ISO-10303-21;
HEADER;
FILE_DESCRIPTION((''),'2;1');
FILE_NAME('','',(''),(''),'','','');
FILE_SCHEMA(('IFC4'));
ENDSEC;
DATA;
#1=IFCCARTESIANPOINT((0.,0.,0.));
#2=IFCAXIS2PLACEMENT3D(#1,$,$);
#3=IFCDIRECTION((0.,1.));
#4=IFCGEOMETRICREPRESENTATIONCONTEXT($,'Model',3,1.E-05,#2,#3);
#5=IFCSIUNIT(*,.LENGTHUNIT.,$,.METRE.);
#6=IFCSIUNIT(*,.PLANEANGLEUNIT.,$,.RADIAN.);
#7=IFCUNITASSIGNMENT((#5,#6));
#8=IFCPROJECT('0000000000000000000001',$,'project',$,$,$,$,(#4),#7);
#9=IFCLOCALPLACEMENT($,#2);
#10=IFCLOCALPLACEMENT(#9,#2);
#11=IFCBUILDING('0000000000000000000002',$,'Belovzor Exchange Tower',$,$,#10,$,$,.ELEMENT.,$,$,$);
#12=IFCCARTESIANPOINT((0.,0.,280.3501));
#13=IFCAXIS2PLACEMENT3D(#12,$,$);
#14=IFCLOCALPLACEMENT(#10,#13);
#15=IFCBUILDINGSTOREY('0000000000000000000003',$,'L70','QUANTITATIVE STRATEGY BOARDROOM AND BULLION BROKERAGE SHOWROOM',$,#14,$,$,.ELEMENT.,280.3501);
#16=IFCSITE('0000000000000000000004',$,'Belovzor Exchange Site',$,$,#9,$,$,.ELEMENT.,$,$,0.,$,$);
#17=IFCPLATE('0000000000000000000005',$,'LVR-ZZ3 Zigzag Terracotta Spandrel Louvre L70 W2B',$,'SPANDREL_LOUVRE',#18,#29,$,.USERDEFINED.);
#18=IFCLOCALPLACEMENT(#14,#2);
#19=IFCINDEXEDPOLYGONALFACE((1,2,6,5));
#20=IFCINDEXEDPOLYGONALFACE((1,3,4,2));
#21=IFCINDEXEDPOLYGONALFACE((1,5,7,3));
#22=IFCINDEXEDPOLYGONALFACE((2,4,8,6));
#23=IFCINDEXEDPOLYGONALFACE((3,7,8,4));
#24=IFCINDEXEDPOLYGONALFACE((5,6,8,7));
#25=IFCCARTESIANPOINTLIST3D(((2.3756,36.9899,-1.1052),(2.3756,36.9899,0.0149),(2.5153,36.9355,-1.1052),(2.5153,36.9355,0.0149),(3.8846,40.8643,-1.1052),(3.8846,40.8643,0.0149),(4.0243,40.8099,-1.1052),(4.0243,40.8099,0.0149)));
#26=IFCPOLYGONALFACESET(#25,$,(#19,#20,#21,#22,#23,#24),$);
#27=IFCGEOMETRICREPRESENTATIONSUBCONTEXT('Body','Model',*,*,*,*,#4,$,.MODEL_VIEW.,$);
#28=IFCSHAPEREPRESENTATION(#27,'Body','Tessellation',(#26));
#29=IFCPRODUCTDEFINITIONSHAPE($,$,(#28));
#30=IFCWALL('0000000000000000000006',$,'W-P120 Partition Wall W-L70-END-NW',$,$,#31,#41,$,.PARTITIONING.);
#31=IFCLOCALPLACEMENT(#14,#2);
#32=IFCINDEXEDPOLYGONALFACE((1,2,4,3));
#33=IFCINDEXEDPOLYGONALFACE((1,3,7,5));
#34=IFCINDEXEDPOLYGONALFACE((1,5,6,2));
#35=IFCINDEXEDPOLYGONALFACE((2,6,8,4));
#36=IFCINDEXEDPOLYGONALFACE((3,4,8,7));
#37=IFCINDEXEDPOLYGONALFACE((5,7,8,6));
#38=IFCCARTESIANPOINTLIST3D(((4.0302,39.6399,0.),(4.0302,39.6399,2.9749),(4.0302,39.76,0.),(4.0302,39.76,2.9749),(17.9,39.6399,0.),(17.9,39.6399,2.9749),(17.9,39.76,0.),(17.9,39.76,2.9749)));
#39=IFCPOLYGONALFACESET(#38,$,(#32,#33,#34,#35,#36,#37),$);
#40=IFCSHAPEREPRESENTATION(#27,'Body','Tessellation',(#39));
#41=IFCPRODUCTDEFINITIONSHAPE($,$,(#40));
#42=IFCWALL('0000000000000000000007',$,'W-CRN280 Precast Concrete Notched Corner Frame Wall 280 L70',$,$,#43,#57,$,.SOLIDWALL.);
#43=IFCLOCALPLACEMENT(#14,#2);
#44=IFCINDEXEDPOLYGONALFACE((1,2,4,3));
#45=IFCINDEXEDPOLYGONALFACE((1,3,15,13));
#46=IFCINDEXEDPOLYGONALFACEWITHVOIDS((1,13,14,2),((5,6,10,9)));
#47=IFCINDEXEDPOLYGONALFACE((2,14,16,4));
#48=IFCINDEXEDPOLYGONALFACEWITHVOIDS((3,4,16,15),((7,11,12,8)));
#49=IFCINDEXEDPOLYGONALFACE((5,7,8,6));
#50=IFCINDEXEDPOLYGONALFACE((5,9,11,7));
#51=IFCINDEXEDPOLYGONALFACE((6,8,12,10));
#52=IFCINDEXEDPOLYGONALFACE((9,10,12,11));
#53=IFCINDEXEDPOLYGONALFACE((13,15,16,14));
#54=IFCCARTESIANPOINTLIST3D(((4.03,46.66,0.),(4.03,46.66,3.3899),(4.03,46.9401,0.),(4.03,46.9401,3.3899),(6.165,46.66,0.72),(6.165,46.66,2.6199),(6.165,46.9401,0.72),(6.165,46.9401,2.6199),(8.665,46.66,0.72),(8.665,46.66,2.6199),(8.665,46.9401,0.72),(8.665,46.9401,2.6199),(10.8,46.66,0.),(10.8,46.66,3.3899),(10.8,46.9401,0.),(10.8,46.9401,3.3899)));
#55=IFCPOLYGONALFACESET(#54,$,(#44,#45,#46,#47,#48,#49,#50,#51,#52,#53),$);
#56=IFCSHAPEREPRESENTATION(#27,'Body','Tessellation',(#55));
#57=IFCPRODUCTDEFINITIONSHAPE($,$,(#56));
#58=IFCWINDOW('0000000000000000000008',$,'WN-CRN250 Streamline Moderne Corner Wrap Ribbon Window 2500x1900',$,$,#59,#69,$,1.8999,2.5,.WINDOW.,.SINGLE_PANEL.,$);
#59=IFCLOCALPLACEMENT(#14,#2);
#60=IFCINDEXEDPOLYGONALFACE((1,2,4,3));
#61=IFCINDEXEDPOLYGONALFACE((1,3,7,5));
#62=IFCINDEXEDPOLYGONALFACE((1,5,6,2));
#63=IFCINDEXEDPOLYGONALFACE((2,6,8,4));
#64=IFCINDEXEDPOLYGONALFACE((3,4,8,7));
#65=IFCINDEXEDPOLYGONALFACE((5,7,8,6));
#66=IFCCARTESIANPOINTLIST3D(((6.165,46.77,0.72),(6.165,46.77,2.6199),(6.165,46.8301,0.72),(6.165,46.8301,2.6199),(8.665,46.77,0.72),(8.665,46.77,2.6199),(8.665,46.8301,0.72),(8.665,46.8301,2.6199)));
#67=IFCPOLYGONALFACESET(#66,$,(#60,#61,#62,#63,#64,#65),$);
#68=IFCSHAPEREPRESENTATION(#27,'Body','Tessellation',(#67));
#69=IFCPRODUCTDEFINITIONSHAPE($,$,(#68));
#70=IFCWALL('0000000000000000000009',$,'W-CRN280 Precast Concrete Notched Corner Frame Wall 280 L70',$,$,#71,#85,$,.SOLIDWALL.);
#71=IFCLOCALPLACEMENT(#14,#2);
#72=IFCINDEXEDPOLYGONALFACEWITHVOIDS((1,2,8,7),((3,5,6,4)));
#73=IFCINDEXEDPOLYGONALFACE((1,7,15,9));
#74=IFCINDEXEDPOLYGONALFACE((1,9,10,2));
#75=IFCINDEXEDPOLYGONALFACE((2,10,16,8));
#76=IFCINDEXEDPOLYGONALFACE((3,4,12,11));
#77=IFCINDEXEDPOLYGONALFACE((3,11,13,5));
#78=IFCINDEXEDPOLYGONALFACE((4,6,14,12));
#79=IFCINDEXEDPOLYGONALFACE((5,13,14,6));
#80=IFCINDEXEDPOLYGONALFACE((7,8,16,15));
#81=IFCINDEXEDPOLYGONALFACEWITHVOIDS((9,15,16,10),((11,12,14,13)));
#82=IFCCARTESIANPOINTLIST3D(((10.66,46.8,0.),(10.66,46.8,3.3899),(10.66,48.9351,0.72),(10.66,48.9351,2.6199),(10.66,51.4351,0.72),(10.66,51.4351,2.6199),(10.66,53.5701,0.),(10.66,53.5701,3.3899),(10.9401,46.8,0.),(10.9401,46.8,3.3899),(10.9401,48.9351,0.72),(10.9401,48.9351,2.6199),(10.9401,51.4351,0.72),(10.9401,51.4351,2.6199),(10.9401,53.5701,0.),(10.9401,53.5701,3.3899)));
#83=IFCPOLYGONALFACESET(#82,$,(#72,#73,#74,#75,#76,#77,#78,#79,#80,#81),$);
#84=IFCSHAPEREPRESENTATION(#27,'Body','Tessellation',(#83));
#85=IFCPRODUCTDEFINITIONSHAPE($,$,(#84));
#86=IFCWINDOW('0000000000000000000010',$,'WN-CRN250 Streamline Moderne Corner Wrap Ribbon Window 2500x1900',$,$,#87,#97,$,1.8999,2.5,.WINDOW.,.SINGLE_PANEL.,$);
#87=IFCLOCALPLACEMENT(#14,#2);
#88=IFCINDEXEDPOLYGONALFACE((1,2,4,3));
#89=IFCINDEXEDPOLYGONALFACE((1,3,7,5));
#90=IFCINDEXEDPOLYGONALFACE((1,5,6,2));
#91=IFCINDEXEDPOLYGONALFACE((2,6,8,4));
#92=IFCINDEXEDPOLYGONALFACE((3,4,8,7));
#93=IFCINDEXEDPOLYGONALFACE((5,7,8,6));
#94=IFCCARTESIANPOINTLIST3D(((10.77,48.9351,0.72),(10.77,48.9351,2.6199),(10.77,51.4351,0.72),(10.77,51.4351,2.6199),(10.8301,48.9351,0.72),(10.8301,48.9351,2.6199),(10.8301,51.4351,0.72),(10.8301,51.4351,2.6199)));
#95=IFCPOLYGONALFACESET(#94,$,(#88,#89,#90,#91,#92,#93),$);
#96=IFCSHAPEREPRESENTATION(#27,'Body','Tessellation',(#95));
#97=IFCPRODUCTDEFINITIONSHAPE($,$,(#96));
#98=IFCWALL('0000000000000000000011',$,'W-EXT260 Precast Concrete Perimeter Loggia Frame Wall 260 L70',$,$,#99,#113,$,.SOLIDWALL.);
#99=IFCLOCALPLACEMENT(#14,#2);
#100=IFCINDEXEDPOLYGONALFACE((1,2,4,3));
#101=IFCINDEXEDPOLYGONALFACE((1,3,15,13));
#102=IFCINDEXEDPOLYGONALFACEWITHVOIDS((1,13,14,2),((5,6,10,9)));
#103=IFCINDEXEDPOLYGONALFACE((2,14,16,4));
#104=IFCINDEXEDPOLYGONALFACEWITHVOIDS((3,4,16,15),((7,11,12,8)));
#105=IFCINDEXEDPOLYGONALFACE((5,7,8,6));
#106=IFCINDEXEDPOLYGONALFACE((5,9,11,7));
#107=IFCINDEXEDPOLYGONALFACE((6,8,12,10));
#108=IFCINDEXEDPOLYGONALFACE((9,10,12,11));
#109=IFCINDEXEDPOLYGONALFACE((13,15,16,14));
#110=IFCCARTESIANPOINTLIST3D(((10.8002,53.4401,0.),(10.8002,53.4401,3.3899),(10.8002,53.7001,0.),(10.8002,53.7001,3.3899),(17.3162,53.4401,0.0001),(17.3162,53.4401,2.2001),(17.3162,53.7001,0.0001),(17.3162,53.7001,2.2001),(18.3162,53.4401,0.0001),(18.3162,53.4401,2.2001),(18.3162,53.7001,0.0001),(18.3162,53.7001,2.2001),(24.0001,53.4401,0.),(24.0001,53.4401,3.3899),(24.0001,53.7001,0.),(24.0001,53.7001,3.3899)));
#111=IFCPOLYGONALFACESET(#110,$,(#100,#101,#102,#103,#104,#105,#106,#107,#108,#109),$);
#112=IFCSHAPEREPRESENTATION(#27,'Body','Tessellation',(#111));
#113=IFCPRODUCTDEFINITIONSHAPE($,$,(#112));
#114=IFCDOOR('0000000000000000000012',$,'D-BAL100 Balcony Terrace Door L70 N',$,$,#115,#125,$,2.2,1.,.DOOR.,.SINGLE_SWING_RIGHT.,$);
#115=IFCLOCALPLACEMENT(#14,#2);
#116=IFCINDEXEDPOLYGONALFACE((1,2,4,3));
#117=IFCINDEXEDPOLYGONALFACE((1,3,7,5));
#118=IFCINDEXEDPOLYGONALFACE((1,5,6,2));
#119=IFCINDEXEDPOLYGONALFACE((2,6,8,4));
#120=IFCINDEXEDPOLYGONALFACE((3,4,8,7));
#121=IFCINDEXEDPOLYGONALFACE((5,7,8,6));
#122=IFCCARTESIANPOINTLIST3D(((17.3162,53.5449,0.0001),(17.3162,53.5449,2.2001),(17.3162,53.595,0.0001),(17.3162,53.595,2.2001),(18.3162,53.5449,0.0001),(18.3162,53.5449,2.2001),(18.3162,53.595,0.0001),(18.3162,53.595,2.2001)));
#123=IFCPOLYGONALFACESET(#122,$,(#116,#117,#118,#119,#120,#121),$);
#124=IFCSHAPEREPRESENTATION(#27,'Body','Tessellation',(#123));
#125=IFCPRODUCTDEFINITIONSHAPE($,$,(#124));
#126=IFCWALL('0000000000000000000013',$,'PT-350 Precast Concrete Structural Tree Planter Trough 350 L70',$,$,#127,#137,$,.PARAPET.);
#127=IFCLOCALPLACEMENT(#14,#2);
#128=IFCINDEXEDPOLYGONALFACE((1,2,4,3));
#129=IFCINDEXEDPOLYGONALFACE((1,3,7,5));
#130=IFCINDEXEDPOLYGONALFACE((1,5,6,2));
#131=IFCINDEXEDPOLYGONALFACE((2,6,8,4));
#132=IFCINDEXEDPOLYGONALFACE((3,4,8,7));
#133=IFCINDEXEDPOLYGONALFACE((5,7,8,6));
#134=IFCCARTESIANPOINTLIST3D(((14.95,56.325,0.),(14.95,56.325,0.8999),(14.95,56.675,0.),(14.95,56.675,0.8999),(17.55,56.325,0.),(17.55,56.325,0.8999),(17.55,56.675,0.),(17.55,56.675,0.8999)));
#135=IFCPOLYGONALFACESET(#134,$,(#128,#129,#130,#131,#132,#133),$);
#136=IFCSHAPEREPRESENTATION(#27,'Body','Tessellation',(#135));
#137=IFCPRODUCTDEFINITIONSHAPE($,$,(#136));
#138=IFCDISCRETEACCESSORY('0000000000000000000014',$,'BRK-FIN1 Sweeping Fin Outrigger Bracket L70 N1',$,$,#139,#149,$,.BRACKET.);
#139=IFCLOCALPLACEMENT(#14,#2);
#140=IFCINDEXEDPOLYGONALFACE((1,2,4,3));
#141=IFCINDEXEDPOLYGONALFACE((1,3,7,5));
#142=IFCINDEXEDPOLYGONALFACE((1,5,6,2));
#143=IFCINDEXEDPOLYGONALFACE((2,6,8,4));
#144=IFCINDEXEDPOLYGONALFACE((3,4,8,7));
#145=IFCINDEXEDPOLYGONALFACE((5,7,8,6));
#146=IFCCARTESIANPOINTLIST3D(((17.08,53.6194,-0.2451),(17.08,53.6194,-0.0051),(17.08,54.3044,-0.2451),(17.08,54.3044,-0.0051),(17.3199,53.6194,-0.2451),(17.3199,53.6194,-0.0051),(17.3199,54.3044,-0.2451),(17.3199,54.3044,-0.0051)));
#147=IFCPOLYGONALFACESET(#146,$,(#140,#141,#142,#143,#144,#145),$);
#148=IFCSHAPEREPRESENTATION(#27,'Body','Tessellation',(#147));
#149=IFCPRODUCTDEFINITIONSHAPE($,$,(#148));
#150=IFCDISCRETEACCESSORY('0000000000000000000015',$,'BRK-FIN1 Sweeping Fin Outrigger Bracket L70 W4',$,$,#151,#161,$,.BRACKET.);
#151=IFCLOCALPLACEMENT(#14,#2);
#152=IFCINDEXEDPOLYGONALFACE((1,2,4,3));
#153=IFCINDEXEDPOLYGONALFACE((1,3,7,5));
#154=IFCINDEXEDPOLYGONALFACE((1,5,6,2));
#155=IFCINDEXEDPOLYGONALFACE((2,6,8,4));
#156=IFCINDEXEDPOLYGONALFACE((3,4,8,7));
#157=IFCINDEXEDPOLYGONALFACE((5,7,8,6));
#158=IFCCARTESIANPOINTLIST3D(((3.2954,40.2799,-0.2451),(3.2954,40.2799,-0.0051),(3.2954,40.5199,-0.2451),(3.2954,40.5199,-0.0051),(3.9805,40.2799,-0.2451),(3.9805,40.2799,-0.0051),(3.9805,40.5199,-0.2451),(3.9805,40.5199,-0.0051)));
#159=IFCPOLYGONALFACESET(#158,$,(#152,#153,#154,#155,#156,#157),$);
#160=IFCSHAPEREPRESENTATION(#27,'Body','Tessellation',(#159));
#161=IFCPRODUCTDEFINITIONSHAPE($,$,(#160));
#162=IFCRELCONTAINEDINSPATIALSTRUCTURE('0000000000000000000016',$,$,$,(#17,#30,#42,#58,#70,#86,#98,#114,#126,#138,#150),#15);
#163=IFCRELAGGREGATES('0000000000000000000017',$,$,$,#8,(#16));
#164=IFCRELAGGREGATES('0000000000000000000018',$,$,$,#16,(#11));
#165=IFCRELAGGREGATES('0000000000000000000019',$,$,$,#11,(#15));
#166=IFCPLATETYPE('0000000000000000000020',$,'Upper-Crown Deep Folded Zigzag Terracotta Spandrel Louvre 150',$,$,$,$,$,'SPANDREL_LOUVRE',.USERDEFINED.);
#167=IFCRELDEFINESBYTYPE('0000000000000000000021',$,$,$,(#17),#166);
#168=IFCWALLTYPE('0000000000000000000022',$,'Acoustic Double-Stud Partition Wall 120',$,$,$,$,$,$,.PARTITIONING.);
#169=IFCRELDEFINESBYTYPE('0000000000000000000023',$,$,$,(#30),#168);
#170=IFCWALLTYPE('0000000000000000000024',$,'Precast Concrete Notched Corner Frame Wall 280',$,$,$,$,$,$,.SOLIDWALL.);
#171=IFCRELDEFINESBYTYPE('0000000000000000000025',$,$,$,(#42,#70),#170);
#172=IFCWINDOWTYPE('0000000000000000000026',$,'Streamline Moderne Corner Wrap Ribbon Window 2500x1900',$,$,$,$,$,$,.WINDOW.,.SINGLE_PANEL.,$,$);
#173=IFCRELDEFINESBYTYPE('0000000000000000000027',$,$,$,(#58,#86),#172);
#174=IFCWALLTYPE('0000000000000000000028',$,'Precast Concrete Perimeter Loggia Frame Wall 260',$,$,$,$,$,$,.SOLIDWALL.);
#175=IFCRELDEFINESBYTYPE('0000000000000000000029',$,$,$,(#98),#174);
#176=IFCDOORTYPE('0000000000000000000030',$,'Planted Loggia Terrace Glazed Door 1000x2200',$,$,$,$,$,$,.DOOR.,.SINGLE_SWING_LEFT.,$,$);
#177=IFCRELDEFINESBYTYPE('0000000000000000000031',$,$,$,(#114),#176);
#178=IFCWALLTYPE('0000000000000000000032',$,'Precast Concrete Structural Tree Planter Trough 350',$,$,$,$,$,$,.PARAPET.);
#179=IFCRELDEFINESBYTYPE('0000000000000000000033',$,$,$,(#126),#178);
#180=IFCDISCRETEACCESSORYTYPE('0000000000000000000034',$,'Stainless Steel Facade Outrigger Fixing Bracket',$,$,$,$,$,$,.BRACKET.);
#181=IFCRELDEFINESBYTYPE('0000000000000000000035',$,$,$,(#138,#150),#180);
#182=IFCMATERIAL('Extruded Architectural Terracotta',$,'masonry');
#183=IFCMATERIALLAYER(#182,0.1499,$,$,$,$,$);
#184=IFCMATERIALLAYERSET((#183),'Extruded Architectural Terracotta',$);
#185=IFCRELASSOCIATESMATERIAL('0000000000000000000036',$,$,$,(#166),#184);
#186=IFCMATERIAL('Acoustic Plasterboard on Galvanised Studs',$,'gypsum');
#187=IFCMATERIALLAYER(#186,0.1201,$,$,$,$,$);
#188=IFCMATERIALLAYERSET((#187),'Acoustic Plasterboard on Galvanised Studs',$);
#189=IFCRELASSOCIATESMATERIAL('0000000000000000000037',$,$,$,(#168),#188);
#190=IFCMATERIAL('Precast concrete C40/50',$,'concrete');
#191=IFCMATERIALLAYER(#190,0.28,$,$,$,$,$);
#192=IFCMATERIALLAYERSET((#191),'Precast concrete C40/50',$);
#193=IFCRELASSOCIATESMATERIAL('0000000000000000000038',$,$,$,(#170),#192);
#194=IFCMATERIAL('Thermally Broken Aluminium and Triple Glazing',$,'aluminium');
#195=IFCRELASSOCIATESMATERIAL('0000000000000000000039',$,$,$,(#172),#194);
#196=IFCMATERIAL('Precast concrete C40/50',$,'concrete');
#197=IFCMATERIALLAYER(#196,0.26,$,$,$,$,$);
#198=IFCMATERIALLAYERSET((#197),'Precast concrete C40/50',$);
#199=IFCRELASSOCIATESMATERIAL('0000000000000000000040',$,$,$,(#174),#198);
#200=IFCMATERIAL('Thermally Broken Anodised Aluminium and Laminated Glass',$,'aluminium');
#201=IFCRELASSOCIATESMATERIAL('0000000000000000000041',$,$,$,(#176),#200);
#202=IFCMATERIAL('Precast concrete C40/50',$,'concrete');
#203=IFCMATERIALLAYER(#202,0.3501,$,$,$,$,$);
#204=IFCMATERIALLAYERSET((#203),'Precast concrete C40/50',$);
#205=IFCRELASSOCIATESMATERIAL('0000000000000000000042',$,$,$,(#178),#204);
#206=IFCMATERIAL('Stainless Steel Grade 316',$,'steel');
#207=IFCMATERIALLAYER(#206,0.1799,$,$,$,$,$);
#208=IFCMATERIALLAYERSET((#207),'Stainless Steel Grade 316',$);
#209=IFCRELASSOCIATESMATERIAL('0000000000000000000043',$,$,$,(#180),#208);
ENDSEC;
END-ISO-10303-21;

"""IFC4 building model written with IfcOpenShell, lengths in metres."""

from ifc_helpers import new_model, si_unit, direction, frame, frame_2d, origin, origin_2d, place, context, subcontext, project, spatial, rectangle, extrude, material, layer, layer_set, type_object, element, fill, save


model = new_model("IFC4")

# Units and contexts
model_context = context("Model", 3, precision=1e-05, world=origin(), true_north=direction((0.0, 1.0)))
body_context = subcontext(model_context, "Body", "Model", "MODEL_VIEW")
ifc_project = project(units=[si_unit("LENGTHUNIT", "METRE"), si_unit("PLANEANGLEUNIT", "RADIAN")], contexts=[model_context])

# Site, building, storey
site_placement = place(None, origin())
site = spatial("IfcSite", under=ifc_project, at=site_placement, Name="Belovzor Exchange Site", CompositionType="ELEMENT", RefElevation=0.0)
building_placement = place(site_placement, origin())
building = spatial("IfcBuilding", under=site, at=building_placement, Name="Belovzor Exchange Tower", CompositionType="ELEMENT")
storey_placement = place(building_placement, frame((0.0, 0.0, 280.3501)))
storey = spatial("IfcBuildingStorey", under=building, at=storey_placement, Name="L70", Description="QUANTITATIVE STRATEGY BOARDROOM AND BULLION BROKERAGE SHOWROOM", CompositionType="ELEMENT", Elevation=280.3501)

# Plate
ifc_material_1 = material(Name="Extruded Architectural Terracotta", Category="masonry")
ifc_layer_1 = layer(ifc_material_1, 0.1499)
ifc_layer_set_1 = layer_set([ifc_layer_1], Name="Extruded Architectural Terracotta")
plate_type = type_object("IfcPlateType", Name="Upper-Crown Deep Folded Zigzag Terracotta Spandrel Louvre 150", ElementType="SPANDREL_LOUVRE", PredefinedType="USERDEFINED", material=ifc_layer_set_1)
plate_placement = place(storey_placement, frame((3.2, 38.8999, -1.1052), z_axis=(0.0, 0.0, 1.0), x_axis=(0.362926, 0.931818, 0.0)))
element("IfcPlate", 1, at=plate_placement, inside=storey, type_object=plate_type, Name="LVR-ZZ3 Zigzag Terracotta Spandrel Louvre L70 W2B", ObjectType="SPANDREL_LOUVRE", PredefinedType="USERDEFINED", context=body_context, shape_type="SweptSolid", body=[
    extrude(rectangle(XDim=4.158, YDim=0.1499, at=origin_2d()), origin(), (0.0, 0.0, 1.0), 1.1201),
])

# Wall
ifc_material_2 = material(Name="Acoustic Plasterboard on Galvanised Studs", Category="gypsum")
ifc_layer_2 = layer(ifc_material_2, 0.1201)
ifc_layer_set_2 = layer_set([ifc_layer_2], Name="Acoustic Plasterboard on Galvanised Studs")
wall_type_1 = type_object("IfcWallType", Name="Acoustic Double-Stud Partition Wall 120", PredefinedType="PARTITIONING", material=ifc_layer_set_2)
wall_1_placement = place(storey_placement, frame((4.03, 39.7, 0.0), z_axis=(0.0, 0.0, 1.0), x_axis=(1.0, 0.0, 0.0)))
element("IfcWall", 2, at=wall_1_placement, inside=storey, type_object=wall_type_1, Name="W-P120 Partition Wall W-L70-END-NW", PredefinedType="PARTITIONING", context=body_context, shape_type="SweptSolid", body=[
    extrude(rectangle(XDim=13.8699, YDim=0.1201, at=frame_2d((6.9351, 0.0))), origin(), (0.0, 0.0, 1.0), 2.9749),
])

# Walls, openings, windows
ifc_material_3 = material(Name="Precast concrete C40/50", Category="concrete")
ifc_layer_3 = layer(ifc_material_3, 0.28)
ifc_layer_set_3 = layer_set([ifc_layer_3], Name="Precast concrete C40/50")
wall_type_2 = type_object("IfcWallType", Name="Precast Concrete Notched Corner Frame Wall 280", PredefinedType="SOLIDWALL", material=ifc_layer_set_3)
wall_2_placement = place(storey_placement, frame((4.03, 46.8, 0.0), z_axis=(0.0, 0.0, 1.0), x_axis=(1.0, 0.0, 0.0)))
wall_2 = element("IfcWall", 3, at=wall_2_placement, inside=storey, type_object=wall_type_2, Name="W-CRN280 Precast Concrete Notched Corner Frame Wall 280 L70", PredefinedType="SOLIDWALL", context=body_context, shape_type="SweptSolid", body=[
    extrude(rectangle(XDim=6.77, YDim=0.28, at=frame_2d((3.385, 0.0))), origin(), (0.0, 0.0, 1.0), 3.3899),
])
opening_1_placement = place(wall_2_placement, frame((2.135, 0.0, 0.72)))
opening_1 = element("IfcOpeningElement", 4, at=opening_1_placement, cuts=wall_2, PredefinedType="OPENING", context=body_context, shape_type="SweptSolid", body=[
    extrude(rectangle(XDim=2.5, YDim=1.8999, at=frame_2d((1.25, 0.95))), frame((0.0, 0.1499, 0.0), z_axis=(0.0, -1.0, 0.0), x_axis=(1.0, 0.0, 0.0)), (0.0, 0.0, 1.0), 0.3),
])
ifc_material_4 = material(Name="Thermally Broken Aluminium and Triple Glazing", Category="aluminium")
window_type = type_object("IfcWindowType", Name="Streamline Moderne Corner Wrap Ribbon Window 2500x1900", PartitioningType="SINGLE_PANEL", PredefinedType="WINDOW", material=ifc_material_4)
window_1_placement = place(opening_1_placement, origin())
window_1 = element("IfcWindow", 5, at=window_1_placement, inside=storey, type_object=window_type, Name="WN-CRN250 Streamline Moderne Corner Wrap Ribbon Window 2500x1900", OverallHeight=1.8999, OverallWidth=2.5, PartitioningType="SINGLE_PANEL", PredefinedType="WINDOW", context=body_context, shape_type="SweptSolid", body=[
    extrude(rectangle(XDim=2.5, YDim=1.8999, at=frame_2d((1.25, 0.95))), frame((0.0, 0.03, 0.0), z_axis=(0.0, -1.0, 0.0), x_axis=(1.0, 0.0, 0.0)), (0.0, 0.0, 1.0), 0.0601),
])
fill(opening_1, window_1)
wall_3_placement = place(storey_placement, frame((10.8, 46.8, 0.0), z_axis=(0.0, 0.0, 1.0), x_axis=(0.0, 1.0, 0.0)))
wall_3 = element("IfcWall", 6, at=wall_3_placement, inside=storey, type_object=wall_type_2, Name="W-CRN280 Precast Concrete Notched Corner Frame Wall 280 L70", PredefinedType="SOLIDWALL", context=body_context, shape_type="SweptSolid", body=[
    extrude(rectangle(XDim=6.77, YDim=0.28, at=frame_2d((3.385, 0.0))), origin(), (0.0, 0.0, 1.0), 3.3899),
])
opening_2_placement = place(wall_3_placement, frame((2.135, 0.0, 0.72)))
opening_2 = element("IfcOpeningElement", 7, at=opening_2_placement, cuts=wall_3, PredefinedType="OPENING", context=body_context, shape_type="SweptSolid", body=[
    extrude(rectangle(XDim=2.5, YDim=1.8999, at=frame_2d((1.25, 0.95))), frame((0.0, 0.1499, 0.0), z_axis=(0.0, -1.0, 0.0), x_axis=(1.0, 0.0, 0.0)), (0.0, 0.0, 1.0), 0.3),
])
window_2_placement = place(opening_2_placement, origin())
window_2 = element("IfcWindow", 8, at=window_2_placement, inside=storey, type_object=window_type, Name="WN-CRN250 Streamline Moderne Corner Wrap Ribbon Window 2500x1900", OverallHeight=1.8999, OverallWidth=2.5, PartitioningType="SINGLE_PANEL", PredefinedType="WINDOW", context=body_context, shape_type="SweptSolid", body=[
    extrude(rectangle(XDim=2.5, YDim=1.8999, at=frame_2d((1.25, 0.95))), frame((0.0, 0.03, 0.0), z_axis=(0.0, -1.0, 0.0), x_axis=(1.0, 0.0, 0.0)), (0.0, 0.0, 1.0), 0.0601),
])
fill(opening_2, window_2)

# Wall, opening, door
ifc_material_5 = material(Name="Precast concrete C40/50", Category="concrete")
ifc_layer_4 = layer(ifc_material_5, 0.26)
ifc_layer_set_4 = layer_set([ifc_layer_4], Name="Precast concrete C40/50")
wall_type_3 = type_object("IfcWallType", Name="Precast Concrete Perimeter Loggia Frame Wall 260", PredefinedType="SOLIDWALL", material=ifc_layer_set_4)
wall_4_placement = place(storey_placement, frame((10.8, 53.5701, 0.0), z_axis=(0.0, 0.0, 1.0), x_axis=(1.0, 0.0, 0.0)))
wall_4 = element("IfcWall", 9, at=wall_4_placement, inside=storey, type_object=wall_type_3, Name="W-EXT260 Precast Concrete Perimeter Loggia Frame Wall 260 L70", PredefinedType="SOLIDWALL", context=body_context, shape_type="SweptSolid", body=[
    extrude(rectangle(XDim=13.2, YDim=0.26, at=frame_2d((6.6001, 0.0))), origin(), (0.0, 0.0, 1.0), 3.3899),
])
opening_3_placement = place(wall_4_placement, frame((6.5161, 0.0, 0.0)))
opening_3 = element("IfcOpeningElement", 10, at=opening_3_placement, cuts=wall_4, PredefinedType="OPENING", context=body_context, shape_type="SweptSolid", body=[
    extrude(rectangle(XDim=1.0, YDim=2.2, at=frame_2d((0.5, 1.1001))), frame((0.0, 0.1399, 0.0), z_axis=(0.0, -1.0, 0.0), x_axis=(1.0, 0.0, 0.0)), (0.0, 0.0, 1.0), 0.28),
])
ifc_material_6 = material(Name="Thermally Broken Anodised Aluminium and Laminated Glass", Category="aluminium")
door_type = type_object("IfcDoorType", Name="Planted Loggia Terrace Glazed Door 1000x2200", OperationType="SINGLE_SWING_LEFT", PredefinedType="DOOR", material=ifc_material_6)
door_placement = place(opening_3_placement, origin())
door = element("IfcDoor", 11, at=door_placement, inside=storey, type_object=door_type, Name="D-BAL100 Balcony Terrace Door L70 N", OperationType="SINGLE_SWING_RIGHT", OverallHeight=2.2, OverallWidth=1.0, PredefinedType="DOOR", context=body_context, shape_type="SweptSolid", body=[
    extrude(rectangle(XDim=1.0, YDim=2.2, at=frame_2d((0.5, 1.1001))), frame((0.0, 0.0249, 0.0), z_axis=(0.0, -1.0, 0.0), x_axis=(1.0, 0.0, 0.0)), (0.0, 0.0, 1.0), 0.05),
])
fill(opening_3, door)

# Wall
ifc_material_7 = material(Name="Precast concrete C40/50", Category="concrete")
ifc_layer_5 = layer(ifc_material_7, 0.3501)
ifc_layer_set_5 = layer_set([ifc_layer_5], Name="Precast concrete C40/50")
wall_type_4 = type_object("IfcWallType", Name="Precast Concrete Structural Tree Planter Trough 350", PredefinedType="PARAPET", material=ifc_layer_set_5)
wall_5_placement = place(storey_placement, frame((14.95, 56.5, 0.0), z_axis=(0.0, 0.0, 1.0), x_axis=(1.0, 0.0, 0.0)))
element("IfcWall", 12, at=wall_5_placement, inside=storey, type_object=wall_type_4, Name="PT-350 Precast Concrete Structural Tree Planter Trough 350 L70", PredefinedType="PARAPET", context=body_context, shape_type="SweptSolid", body=[
    extrude(rectangle(XDim=2.6001, YDim=0.3501, at=frame_2d((1.3, 0.0))), origin(), (0.0, 0.0, 1.0), 0.8999),
])

# Discrete accessories
ifc_material_8 = material(Name="Stainless Steel Grade 316", Category="steel")
ifc_layer_6 = layer(ifc_material_8, 0.1799)
ifc_layer_set_6 = layer_set([ifc_layer_6], Name="Stainless Steel Grade 316")
discrete_accessory_type = type_object("IfcDiscreteAccessoryType", Name="Stainless Steel Facade Outrigger Fixing Bracket", PredefinedType="BRACKET", material=ifc_layer_set_6)
for number, where, z_axis, x_axis, name in (
    (13, (17.2, 53.9619, -0.2451), (0.0, 0.0, 1.0), (0.0, 1.0, 0.0), "BRK-FIN1 Sweeping Fin Outrigger Bracket L70 N1"),
    (14, (3.6379, 40.3999, -0.2451), (0.0, 0.0, 1.0), (1.0, 0.0, 0.0), "BRK-FIN1 Sweeping Fin Outrigger Bracket L70 W4"),
):
    element("IfcDiscreteAccessory", number, at=place(storey_placement, frame(where, z_axis=z_axis, x_axis=x_axis)), inside=storey, type_object=discrete_accessory_type, Name=name, PredefinedType="BRACKET", context=body_context, shape_type="SweptSolid", body=[
        extrude(rectangle(XDim=0.6851, YDim=0.24, at=origin_2d()), origin(), (0.0, 0.0, 1.0), 0.24),
    ])

save(model, "model.ifc")
